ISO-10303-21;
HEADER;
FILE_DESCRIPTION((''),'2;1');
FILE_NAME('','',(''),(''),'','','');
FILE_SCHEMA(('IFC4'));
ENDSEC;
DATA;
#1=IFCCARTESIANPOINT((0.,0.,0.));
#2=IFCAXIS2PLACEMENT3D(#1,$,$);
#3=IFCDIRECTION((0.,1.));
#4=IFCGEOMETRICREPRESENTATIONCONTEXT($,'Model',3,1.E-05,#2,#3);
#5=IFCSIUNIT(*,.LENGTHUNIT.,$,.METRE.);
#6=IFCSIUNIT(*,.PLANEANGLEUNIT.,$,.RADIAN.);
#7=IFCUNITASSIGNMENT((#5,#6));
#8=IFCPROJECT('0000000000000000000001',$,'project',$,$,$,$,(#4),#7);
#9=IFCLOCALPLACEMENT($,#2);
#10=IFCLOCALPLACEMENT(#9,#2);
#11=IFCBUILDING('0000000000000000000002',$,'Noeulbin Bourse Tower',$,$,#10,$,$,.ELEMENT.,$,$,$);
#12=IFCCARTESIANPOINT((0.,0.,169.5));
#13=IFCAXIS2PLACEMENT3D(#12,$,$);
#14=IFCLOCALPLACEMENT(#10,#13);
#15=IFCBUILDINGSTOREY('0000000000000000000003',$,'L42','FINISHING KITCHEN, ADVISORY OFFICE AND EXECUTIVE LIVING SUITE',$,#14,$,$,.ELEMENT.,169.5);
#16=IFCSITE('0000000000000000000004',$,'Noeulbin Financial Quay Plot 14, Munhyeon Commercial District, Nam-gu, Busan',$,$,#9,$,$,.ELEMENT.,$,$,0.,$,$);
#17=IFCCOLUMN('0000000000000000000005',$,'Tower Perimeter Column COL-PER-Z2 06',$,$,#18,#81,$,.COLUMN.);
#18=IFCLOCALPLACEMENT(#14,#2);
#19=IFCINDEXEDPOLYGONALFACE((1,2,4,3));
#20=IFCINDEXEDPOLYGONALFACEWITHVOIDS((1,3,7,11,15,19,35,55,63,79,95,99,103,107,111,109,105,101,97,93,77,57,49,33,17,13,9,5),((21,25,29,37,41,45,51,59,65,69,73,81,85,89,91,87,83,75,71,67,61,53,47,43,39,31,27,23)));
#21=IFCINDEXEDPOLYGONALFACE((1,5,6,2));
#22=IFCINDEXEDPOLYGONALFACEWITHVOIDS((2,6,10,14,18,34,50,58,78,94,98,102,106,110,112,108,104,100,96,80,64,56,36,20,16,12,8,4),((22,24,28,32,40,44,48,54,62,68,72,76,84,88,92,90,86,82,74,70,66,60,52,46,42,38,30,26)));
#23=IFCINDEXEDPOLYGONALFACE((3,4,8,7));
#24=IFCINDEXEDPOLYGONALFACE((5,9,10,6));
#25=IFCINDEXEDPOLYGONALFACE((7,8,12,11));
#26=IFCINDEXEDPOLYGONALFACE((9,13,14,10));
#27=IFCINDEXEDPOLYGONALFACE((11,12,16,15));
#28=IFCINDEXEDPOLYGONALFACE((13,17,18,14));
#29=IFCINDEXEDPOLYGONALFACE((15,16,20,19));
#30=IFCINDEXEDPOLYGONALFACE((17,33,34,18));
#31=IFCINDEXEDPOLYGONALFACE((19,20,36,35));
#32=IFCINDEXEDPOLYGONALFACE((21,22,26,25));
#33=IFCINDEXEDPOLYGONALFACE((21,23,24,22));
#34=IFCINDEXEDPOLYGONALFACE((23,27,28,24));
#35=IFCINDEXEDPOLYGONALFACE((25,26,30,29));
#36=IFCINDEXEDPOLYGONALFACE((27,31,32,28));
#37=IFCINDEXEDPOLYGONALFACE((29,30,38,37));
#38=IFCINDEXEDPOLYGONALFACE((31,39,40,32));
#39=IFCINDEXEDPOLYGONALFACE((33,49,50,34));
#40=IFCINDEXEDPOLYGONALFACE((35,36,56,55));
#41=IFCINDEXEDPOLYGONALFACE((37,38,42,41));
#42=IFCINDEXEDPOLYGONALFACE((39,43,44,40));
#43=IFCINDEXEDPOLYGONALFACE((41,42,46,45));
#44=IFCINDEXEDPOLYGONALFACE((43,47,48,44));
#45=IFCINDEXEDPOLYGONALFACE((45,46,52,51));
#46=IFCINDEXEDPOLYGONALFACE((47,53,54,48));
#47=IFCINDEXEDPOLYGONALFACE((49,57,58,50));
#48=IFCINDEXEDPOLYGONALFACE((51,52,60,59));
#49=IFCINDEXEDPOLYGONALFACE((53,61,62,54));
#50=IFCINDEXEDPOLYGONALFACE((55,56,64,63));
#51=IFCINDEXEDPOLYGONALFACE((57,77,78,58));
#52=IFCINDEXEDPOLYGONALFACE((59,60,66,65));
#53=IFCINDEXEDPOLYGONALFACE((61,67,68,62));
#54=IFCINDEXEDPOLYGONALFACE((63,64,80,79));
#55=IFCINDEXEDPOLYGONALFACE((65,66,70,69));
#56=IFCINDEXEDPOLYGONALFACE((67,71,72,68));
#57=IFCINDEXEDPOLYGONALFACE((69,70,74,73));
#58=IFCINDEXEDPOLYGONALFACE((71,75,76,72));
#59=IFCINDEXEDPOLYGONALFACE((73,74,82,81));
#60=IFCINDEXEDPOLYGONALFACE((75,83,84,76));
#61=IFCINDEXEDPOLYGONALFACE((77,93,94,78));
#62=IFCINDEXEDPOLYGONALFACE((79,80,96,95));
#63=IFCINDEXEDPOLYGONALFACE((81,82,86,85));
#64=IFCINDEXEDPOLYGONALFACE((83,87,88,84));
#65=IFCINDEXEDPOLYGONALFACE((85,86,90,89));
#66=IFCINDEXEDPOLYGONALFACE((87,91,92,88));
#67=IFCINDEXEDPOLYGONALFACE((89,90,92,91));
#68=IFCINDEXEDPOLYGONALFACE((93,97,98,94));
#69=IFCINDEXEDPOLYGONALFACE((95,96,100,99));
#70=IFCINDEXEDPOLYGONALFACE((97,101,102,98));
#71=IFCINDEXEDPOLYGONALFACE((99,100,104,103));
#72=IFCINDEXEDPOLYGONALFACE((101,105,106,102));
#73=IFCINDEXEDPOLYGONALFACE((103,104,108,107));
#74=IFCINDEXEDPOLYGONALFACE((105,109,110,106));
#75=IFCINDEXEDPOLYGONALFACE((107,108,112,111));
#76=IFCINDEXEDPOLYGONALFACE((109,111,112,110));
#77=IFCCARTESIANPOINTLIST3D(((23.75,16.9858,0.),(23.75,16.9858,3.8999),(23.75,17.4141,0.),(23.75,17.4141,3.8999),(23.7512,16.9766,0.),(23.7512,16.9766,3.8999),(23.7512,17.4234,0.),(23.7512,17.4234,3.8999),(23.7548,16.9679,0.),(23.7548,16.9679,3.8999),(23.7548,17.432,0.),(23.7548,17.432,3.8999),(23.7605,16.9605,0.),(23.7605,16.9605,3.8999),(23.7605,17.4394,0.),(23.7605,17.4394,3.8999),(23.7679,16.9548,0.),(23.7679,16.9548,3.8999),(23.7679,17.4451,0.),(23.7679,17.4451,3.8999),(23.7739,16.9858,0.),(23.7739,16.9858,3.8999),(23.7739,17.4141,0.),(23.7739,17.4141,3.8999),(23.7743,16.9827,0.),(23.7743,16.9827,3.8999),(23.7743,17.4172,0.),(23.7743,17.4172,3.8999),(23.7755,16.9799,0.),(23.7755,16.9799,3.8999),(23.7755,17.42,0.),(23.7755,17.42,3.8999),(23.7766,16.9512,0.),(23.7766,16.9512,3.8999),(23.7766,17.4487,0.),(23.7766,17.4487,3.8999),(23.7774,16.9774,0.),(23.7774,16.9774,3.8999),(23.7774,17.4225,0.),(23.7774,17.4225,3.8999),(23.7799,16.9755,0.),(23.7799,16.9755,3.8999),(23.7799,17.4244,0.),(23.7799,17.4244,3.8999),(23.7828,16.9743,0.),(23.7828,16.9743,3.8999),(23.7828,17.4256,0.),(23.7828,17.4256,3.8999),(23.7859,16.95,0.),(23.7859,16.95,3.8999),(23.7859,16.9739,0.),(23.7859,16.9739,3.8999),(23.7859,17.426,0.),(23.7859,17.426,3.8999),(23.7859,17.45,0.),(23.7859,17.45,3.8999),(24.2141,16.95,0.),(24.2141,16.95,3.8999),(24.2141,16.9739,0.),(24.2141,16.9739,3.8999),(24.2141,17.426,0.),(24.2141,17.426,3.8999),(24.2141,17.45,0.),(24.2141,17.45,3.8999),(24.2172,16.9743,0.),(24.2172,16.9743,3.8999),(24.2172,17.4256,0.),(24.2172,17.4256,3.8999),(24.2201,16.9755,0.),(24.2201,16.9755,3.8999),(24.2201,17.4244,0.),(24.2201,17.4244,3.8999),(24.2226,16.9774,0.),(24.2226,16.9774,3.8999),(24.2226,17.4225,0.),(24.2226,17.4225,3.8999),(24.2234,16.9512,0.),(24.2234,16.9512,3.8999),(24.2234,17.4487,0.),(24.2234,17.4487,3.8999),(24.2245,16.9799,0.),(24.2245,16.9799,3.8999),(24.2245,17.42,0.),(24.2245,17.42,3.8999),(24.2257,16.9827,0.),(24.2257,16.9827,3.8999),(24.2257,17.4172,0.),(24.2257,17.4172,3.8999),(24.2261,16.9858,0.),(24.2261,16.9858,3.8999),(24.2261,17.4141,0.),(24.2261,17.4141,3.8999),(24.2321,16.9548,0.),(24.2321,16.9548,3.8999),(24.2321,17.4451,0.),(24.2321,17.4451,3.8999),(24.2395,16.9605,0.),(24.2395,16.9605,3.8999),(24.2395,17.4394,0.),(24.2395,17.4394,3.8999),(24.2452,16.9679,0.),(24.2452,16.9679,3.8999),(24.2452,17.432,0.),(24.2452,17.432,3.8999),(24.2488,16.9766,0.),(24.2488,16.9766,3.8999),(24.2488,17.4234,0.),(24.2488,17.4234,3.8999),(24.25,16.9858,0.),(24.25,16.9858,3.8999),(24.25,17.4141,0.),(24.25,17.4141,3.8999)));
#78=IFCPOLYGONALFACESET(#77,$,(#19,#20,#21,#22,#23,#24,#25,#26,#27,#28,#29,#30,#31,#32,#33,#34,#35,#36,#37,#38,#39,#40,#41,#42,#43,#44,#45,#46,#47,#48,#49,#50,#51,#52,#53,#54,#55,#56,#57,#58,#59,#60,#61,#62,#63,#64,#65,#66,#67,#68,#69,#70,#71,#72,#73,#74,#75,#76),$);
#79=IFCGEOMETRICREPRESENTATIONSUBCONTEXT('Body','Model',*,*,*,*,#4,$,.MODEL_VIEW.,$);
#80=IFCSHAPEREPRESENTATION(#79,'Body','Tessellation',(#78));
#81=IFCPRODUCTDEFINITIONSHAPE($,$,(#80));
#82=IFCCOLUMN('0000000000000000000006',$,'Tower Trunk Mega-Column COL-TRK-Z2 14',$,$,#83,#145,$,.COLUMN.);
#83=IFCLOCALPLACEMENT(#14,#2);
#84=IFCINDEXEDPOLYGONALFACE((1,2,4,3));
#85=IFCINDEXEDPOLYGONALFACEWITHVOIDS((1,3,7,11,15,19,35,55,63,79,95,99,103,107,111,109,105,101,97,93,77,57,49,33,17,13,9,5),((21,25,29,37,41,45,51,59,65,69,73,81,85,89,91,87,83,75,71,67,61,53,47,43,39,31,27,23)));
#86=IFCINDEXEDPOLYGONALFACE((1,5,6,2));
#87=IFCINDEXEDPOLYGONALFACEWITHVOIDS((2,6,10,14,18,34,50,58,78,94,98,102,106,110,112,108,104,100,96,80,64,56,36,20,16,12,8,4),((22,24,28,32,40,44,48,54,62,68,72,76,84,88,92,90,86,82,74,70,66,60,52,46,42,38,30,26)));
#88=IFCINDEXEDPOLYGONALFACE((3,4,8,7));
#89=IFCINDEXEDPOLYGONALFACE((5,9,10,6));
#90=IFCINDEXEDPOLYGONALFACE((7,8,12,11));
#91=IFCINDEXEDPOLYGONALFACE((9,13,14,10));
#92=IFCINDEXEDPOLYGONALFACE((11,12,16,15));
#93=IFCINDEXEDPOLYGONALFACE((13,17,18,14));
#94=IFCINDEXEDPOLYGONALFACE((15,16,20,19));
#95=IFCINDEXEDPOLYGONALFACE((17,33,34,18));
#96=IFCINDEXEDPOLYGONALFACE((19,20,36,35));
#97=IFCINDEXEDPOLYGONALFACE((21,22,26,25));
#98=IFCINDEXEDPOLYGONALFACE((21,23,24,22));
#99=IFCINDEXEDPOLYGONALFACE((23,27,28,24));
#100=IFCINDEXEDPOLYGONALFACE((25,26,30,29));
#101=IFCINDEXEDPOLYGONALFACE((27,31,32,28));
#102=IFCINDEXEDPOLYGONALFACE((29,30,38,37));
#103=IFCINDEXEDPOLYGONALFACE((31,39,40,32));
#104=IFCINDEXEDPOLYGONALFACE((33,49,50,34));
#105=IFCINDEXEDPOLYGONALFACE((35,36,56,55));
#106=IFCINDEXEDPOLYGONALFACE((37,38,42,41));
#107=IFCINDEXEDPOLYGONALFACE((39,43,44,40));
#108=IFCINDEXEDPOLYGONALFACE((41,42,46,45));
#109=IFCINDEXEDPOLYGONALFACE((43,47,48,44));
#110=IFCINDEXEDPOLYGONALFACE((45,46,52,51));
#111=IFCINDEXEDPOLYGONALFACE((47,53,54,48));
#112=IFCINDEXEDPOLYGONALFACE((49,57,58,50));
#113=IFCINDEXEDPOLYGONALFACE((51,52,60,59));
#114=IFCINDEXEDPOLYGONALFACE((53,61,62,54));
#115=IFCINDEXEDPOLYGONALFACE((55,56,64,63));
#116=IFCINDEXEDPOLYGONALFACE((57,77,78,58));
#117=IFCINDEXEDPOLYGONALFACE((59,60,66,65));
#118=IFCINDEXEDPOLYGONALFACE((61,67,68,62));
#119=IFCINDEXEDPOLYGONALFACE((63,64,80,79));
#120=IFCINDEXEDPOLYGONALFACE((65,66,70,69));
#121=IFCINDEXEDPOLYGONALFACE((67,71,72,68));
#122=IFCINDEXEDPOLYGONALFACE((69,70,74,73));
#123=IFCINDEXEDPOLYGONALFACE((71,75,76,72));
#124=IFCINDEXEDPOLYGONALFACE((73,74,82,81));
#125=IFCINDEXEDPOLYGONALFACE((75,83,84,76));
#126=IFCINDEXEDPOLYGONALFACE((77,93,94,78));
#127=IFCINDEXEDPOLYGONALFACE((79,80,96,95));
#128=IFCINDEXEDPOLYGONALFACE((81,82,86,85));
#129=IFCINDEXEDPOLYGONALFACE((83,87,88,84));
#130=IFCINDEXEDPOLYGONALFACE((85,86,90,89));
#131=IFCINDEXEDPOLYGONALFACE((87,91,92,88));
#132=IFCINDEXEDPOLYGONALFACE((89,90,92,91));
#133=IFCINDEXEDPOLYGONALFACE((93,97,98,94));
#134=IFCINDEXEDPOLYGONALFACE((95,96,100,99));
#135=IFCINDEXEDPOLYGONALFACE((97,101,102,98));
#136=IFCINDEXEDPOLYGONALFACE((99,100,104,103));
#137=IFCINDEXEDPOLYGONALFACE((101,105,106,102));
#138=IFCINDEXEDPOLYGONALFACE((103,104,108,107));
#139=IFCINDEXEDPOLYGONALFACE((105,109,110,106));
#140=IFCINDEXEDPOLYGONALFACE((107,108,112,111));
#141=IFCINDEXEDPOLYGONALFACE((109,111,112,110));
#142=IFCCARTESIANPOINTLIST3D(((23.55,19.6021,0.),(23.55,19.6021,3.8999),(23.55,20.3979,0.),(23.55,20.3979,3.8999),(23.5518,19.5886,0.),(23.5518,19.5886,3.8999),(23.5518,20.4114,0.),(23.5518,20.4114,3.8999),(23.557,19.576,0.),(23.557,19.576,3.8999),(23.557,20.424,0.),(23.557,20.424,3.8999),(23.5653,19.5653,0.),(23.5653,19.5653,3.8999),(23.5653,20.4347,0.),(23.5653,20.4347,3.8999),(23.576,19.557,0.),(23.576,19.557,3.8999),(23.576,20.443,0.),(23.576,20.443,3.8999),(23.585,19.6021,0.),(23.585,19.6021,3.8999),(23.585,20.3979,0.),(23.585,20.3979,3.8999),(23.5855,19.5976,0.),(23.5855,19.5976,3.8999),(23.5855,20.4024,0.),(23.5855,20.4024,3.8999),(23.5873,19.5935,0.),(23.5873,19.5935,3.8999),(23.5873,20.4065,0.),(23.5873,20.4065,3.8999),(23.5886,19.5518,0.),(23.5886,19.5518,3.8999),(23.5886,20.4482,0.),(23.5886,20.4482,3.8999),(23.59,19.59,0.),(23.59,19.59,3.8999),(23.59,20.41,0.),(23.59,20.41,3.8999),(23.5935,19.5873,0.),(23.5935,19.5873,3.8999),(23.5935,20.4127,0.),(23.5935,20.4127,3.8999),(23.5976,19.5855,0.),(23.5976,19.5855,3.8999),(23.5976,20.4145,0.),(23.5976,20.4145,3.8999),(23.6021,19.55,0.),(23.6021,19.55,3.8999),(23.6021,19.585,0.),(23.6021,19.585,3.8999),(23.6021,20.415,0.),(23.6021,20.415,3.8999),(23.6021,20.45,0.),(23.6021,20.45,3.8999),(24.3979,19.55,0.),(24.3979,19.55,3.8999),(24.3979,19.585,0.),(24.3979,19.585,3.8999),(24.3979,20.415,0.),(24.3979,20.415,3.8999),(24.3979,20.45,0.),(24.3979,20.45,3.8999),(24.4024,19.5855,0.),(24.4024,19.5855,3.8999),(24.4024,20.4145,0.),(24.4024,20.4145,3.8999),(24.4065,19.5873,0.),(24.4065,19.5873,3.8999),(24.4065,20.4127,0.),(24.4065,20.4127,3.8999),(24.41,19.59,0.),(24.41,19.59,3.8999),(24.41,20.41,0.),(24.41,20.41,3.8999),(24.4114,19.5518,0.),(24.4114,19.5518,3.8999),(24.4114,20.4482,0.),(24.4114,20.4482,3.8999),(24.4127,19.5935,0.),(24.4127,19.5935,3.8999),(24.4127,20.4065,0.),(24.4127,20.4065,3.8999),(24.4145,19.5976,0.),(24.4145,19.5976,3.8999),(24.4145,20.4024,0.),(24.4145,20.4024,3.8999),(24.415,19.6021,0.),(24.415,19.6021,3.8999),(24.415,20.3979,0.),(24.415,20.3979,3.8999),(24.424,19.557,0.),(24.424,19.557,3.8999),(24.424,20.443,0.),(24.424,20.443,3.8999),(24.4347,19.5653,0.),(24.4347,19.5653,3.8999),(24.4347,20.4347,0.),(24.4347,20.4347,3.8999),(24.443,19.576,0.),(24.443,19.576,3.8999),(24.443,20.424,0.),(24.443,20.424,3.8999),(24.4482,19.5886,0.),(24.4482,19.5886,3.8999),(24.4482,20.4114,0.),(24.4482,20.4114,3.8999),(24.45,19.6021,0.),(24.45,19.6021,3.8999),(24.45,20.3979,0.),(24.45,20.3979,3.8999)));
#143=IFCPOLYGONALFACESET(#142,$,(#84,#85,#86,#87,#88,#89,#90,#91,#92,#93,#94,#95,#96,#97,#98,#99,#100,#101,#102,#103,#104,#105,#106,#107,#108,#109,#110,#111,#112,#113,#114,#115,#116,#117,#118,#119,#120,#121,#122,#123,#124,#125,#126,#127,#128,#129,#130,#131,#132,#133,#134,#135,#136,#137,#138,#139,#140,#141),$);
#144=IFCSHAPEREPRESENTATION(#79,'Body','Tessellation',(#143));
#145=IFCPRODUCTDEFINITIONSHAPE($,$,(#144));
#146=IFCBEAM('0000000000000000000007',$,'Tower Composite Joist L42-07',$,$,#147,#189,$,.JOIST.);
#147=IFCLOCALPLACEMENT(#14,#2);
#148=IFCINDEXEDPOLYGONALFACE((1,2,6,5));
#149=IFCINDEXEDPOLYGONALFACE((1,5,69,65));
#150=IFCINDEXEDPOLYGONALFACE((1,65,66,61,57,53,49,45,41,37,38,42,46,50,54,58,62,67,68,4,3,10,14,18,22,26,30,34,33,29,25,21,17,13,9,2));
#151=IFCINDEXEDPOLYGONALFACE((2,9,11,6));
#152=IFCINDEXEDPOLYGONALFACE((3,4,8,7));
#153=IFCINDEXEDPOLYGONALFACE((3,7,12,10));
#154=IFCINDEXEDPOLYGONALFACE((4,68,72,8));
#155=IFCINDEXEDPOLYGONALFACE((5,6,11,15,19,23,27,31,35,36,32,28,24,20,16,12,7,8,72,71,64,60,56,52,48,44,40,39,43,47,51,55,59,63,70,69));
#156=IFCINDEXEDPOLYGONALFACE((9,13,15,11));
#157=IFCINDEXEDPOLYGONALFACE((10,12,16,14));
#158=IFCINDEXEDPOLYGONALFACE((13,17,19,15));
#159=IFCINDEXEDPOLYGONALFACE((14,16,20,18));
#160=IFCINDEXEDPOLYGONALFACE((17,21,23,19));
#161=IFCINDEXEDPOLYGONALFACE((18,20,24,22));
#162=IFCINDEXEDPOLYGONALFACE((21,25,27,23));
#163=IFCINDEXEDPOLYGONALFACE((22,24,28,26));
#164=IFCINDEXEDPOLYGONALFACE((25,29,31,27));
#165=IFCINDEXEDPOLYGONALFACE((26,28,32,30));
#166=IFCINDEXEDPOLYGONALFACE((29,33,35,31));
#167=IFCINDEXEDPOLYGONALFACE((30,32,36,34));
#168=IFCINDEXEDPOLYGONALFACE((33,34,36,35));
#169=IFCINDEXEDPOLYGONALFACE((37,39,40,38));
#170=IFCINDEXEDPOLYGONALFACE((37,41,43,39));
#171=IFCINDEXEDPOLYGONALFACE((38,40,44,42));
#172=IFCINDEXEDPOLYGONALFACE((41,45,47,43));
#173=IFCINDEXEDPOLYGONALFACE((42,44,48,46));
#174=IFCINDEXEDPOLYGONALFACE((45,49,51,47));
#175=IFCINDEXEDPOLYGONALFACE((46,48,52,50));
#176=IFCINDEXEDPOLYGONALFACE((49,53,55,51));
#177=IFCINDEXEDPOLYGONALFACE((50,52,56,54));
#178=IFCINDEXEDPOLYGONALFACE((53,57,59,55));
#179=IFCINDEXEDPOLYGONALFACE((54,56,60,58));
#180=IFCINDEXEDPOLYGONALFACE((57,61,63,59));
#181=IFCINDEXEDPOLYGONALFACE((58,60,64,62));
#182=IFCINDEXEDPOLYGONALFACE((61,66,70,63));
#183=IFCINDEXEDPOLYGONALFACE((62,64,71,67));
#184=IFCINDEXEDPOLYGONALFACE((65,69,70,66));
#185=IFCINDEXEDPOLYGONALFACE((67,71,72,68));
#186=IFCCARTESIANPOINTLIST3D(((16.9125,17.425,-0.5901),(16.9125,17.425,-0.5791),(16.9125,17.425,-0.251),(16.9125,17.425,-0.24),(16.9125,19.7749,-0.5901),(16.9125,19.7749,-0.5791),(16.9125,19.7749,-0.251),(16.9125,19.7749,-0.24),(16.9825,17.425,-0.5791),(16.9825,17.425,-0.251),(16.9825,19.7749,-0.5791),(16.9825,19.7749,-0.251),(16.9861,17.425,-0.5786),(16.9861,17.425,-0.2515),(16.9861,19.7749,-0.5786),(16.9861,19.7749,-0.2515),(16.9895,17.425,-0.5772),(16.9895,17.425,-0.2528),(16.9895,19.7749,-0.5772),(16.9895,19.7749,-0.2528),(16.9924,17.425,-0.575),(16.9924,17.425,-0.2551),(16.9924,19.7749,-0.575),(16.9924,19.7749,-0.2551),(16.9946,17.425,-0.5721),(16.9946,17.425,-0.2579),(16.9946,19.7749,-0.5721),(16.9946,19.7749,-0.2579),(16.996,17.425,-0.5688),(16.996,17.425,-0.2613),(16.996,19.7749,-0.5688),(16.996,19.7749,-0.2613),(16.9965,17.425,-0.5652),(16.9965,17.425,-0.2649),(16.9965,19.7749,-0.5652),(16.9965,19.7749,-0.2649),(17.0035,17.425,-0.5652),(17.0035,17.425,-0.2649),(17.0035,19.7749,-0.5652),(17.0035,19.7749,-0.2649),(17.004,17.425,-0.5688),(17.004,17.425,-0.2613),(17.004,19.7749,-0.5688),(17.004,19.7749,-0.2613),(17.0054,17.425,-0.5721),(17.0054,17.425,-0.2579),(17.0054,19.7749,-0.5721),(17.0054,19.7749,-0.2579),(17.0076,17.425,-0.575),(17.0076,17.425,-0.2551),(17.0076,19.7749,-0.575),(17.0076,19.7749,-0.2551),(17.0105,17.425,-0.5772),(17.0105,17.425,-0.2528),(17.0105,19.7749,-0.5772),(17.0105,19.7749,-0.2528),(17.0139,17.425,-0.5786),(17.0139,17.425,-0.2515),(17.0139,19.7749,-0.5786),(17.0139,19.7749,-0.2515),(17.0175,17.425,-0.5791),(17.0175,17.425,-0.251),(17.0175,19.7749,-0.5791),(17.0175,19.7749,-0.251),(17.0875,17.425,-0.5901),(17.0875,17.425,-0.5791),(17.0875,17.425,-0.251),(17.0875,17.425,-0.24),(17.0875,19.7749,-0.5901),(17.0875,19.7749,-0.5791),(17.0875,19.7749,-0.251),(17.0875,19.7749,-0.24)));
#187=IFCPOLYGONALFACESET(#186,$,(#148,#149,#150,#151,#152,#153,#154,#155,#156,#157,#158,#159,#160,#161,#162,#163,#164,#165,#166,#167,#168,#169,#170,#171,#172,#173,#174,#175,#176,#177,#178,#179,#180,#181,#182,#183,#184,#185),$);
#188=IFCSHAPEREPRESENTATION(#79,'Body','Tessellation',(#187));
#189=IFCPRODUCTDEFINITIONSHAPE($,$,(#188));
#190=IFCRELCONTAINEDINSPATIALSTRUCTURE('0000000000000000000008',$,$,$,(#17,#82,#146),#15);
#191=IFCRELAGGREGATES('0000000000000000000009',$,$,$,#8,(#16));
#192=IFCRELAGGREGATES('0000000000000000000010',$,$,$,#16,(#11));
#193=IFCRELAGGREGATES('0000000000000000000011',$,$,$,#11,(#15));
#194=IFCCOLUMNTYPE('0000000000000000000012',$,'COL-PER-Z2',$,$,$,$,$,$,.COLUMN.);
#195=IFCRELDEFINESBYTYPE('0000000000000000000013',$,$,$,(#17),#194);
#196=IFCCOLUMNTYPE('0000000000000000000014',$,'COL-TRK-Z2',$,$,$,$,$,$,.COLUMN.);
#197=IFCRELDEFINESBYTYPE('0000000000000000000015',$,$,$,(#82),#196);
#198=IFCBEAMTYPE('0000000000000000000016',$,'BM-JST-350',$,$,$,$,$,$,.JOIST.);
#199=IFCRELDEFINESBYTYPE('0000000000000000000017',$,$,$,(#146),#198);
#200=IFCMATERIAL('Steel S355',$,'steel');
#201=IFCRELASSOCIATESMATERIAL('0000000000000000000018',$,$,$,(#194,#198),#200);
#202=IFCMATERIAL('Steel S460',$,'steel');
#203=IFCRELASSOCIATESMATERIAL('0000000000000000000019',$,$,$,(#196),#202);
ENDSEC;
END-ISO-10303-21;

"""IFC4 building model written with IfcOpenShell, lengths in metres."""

from ifc_helpers import new_model, si_unit, direction, frame, origin, origin_2d, place, context, subcontext, project, spatial, hollow_rectangle, i_section, extrude, material, material_profile, profile_set, type_object, element, save


model = new_model("IFC4")

# Units and contexts
model_context = context("Model", 3, precision=1e-05, world=origin(), true_north=direction((0.0, 1.0)))
body_context = subcontext(model_context, "Body", "Model", "MODEL_VIEW")
ifc_project = project(units=[si_unit("LENGTHUNIT", "METRE"), si_unit("PLANEANGLEUNIT", "RADIAN")], contexts=[model_context])

# Site, building, storey
site_placement = place(None, origin())
site = spatial("IfcSite", under=ifc_project, at=site_placement, Name="Noeulbin Financial Quay Plot 14, Munhyeon Commercial District, Nam-gu, Busan", CompositionType="ELEMENT", RefElevation=0.0)
building_placement = place(site_placement, origin())
building = spatial("IfcBuilding", under=site, at=building_placement, Name="Noeulbin Bourse Tower", CompositionType="ELEMENT")
storey_placement = place(building_placement, frame((0.0, 0.0, 169.5)))
storey = spatial("IfcBuildingStorey", under=building, at=storey_placement, Name="L42", Description="FINISHING KITCHEN, ADVISORY OFFICE AND EXECUTIVE LIVING SUITE", CompositionType="ELEMENT", Elevation=169.5)

# Columns
ifc_material_1 = material(Name="Steel S355", Category="steel")
ifc_material_profile_1 = material_profile(ifc_material_1, hollow_rectangle(XDim=0.5, YDim=0.5, WallThickness=0.0239, InnerFilletRadius=0.012, OuterFilletRadius=0.0359, at=origin_2d()), Name="BOX-500x500x24", Category="LoadBearing")
ifc_profile_set_1 = profile_set([ifc_material_profile_1], Name="Steel S355")
column_type_1 = type_object("IfcColumnType", Name="COL-PER-Z2", PredefinedType="COLUMN", material=ifc_profile_set_1)
column_1_placement = place(storey_placement, frame((24.0, 17.2, 0.0), z_axis=(0.0, 0.0, 1.0), x_axis=(1.0, 0.0, 0.0)))
element("IfcColumn", 1, at=column_1_placement, inside=storey, type_object=column_type_1, Name="Tower Perimeter Column COL-PER-Z2 06", PredefinedType="COLUMN", context=body_context, shape_type="SweptSolid", body=[
    extrude(hollow_rectangle(XDim=0.5, YDim=0.5, WallThickness=0.0239, InnerFilletRadius=0.012, OuterFilletRadius=0.0359, at=origin_2d()), origin(), (0.0, 0.0, 1.0), 3.8999),
])
ifc_material_2 = material(Name="Steel S460", Category="steel")
ifc_material_profile_2 = material_profile(ifc_material_2, hollow_rectangle(XDim=0.8999, YDim=0.8999, WallThickness=0.0349, InnerFilletRadius=0.0171, OuterFilletRadius=0.052, at=origin_2d()), Name="BOX-900x900x35", Category="LoadBearing")
ifc_profile_set_2 = profile_set([ifc_material_profile_2], Name="Steel S460")
column_type_2 = type_object("IfcColumnType", Name="COL-TRK-Z2", PredefinedType="COLUMN", material=ifc_profile_set_2)
column_2_placement = place(storey_placement, frame((24.0, 20.0, 0.0), z_axis=(0.0, 0.0, 1.0), x_axis=(1.0, 0.0, 0.0)))
element("IfcColumn", 2, at=column_2_placement, inside=storey, type_object=column_type_2, Name="Tower Trunk Mega-Column COL-TRK-Z2 14", PredefinedType="COLUMN", context=body_context, shape_type="SweptSolid", body=[
    extrude(hollow_rectangle(XDim=0.8999, YDim=0.8999, WallThickness=0.0349, InnerFilletRadius=0.0171, OuterFilletRadius=0.052, at=origin_2d()), origin(), (0.0, 0.0, 1.0), 3.8999),
])

# Beam
ifc_material_profile_3 = material_profile(ifc_material_1, i_section(OverallWidth=0.175, OverallDepth=0.3501, WebThickness=0.0071, FlangeThickness=0.011, FilletRadius=0.0139, at=origin_2d()), Name="H-350x175x7x11", Category="LoadBearing")
ifc_profile_set_3 = profile_set([ifc_material_profile_3], Name="Steel S355")
beam_type_1 = type_object("IfcBeamType", Name="BM-JST-350", PredefinedType="JOIST", material=ifc_profile_set_3)
beam_1_placement = place(storey_placement, frame((17.0, 17.425, -0.415), z_axis=(0.0, 1.0, 0.0), x_axis=(-1.0, 0.0, 0.0)))
element("IfcBeam", 3, at=beam_1_placement, inside=storey, type_object=beam_type_1, Name="Tower Composite Joist L42-07", PredefinedType="JOIST", context=body_context, shape_type="SweptSolid", body=[
    extrude(i_section(OverallWidth=0.175, OverallDepth=0.3501, WebThickness=0.0071, FlangeThickness=0.011, FilletRadius=0.0139, at=origin_2d()), origin(), (0.0, 0.0, 1.0), 2.3499),
])

save(model, "model.ifc")
